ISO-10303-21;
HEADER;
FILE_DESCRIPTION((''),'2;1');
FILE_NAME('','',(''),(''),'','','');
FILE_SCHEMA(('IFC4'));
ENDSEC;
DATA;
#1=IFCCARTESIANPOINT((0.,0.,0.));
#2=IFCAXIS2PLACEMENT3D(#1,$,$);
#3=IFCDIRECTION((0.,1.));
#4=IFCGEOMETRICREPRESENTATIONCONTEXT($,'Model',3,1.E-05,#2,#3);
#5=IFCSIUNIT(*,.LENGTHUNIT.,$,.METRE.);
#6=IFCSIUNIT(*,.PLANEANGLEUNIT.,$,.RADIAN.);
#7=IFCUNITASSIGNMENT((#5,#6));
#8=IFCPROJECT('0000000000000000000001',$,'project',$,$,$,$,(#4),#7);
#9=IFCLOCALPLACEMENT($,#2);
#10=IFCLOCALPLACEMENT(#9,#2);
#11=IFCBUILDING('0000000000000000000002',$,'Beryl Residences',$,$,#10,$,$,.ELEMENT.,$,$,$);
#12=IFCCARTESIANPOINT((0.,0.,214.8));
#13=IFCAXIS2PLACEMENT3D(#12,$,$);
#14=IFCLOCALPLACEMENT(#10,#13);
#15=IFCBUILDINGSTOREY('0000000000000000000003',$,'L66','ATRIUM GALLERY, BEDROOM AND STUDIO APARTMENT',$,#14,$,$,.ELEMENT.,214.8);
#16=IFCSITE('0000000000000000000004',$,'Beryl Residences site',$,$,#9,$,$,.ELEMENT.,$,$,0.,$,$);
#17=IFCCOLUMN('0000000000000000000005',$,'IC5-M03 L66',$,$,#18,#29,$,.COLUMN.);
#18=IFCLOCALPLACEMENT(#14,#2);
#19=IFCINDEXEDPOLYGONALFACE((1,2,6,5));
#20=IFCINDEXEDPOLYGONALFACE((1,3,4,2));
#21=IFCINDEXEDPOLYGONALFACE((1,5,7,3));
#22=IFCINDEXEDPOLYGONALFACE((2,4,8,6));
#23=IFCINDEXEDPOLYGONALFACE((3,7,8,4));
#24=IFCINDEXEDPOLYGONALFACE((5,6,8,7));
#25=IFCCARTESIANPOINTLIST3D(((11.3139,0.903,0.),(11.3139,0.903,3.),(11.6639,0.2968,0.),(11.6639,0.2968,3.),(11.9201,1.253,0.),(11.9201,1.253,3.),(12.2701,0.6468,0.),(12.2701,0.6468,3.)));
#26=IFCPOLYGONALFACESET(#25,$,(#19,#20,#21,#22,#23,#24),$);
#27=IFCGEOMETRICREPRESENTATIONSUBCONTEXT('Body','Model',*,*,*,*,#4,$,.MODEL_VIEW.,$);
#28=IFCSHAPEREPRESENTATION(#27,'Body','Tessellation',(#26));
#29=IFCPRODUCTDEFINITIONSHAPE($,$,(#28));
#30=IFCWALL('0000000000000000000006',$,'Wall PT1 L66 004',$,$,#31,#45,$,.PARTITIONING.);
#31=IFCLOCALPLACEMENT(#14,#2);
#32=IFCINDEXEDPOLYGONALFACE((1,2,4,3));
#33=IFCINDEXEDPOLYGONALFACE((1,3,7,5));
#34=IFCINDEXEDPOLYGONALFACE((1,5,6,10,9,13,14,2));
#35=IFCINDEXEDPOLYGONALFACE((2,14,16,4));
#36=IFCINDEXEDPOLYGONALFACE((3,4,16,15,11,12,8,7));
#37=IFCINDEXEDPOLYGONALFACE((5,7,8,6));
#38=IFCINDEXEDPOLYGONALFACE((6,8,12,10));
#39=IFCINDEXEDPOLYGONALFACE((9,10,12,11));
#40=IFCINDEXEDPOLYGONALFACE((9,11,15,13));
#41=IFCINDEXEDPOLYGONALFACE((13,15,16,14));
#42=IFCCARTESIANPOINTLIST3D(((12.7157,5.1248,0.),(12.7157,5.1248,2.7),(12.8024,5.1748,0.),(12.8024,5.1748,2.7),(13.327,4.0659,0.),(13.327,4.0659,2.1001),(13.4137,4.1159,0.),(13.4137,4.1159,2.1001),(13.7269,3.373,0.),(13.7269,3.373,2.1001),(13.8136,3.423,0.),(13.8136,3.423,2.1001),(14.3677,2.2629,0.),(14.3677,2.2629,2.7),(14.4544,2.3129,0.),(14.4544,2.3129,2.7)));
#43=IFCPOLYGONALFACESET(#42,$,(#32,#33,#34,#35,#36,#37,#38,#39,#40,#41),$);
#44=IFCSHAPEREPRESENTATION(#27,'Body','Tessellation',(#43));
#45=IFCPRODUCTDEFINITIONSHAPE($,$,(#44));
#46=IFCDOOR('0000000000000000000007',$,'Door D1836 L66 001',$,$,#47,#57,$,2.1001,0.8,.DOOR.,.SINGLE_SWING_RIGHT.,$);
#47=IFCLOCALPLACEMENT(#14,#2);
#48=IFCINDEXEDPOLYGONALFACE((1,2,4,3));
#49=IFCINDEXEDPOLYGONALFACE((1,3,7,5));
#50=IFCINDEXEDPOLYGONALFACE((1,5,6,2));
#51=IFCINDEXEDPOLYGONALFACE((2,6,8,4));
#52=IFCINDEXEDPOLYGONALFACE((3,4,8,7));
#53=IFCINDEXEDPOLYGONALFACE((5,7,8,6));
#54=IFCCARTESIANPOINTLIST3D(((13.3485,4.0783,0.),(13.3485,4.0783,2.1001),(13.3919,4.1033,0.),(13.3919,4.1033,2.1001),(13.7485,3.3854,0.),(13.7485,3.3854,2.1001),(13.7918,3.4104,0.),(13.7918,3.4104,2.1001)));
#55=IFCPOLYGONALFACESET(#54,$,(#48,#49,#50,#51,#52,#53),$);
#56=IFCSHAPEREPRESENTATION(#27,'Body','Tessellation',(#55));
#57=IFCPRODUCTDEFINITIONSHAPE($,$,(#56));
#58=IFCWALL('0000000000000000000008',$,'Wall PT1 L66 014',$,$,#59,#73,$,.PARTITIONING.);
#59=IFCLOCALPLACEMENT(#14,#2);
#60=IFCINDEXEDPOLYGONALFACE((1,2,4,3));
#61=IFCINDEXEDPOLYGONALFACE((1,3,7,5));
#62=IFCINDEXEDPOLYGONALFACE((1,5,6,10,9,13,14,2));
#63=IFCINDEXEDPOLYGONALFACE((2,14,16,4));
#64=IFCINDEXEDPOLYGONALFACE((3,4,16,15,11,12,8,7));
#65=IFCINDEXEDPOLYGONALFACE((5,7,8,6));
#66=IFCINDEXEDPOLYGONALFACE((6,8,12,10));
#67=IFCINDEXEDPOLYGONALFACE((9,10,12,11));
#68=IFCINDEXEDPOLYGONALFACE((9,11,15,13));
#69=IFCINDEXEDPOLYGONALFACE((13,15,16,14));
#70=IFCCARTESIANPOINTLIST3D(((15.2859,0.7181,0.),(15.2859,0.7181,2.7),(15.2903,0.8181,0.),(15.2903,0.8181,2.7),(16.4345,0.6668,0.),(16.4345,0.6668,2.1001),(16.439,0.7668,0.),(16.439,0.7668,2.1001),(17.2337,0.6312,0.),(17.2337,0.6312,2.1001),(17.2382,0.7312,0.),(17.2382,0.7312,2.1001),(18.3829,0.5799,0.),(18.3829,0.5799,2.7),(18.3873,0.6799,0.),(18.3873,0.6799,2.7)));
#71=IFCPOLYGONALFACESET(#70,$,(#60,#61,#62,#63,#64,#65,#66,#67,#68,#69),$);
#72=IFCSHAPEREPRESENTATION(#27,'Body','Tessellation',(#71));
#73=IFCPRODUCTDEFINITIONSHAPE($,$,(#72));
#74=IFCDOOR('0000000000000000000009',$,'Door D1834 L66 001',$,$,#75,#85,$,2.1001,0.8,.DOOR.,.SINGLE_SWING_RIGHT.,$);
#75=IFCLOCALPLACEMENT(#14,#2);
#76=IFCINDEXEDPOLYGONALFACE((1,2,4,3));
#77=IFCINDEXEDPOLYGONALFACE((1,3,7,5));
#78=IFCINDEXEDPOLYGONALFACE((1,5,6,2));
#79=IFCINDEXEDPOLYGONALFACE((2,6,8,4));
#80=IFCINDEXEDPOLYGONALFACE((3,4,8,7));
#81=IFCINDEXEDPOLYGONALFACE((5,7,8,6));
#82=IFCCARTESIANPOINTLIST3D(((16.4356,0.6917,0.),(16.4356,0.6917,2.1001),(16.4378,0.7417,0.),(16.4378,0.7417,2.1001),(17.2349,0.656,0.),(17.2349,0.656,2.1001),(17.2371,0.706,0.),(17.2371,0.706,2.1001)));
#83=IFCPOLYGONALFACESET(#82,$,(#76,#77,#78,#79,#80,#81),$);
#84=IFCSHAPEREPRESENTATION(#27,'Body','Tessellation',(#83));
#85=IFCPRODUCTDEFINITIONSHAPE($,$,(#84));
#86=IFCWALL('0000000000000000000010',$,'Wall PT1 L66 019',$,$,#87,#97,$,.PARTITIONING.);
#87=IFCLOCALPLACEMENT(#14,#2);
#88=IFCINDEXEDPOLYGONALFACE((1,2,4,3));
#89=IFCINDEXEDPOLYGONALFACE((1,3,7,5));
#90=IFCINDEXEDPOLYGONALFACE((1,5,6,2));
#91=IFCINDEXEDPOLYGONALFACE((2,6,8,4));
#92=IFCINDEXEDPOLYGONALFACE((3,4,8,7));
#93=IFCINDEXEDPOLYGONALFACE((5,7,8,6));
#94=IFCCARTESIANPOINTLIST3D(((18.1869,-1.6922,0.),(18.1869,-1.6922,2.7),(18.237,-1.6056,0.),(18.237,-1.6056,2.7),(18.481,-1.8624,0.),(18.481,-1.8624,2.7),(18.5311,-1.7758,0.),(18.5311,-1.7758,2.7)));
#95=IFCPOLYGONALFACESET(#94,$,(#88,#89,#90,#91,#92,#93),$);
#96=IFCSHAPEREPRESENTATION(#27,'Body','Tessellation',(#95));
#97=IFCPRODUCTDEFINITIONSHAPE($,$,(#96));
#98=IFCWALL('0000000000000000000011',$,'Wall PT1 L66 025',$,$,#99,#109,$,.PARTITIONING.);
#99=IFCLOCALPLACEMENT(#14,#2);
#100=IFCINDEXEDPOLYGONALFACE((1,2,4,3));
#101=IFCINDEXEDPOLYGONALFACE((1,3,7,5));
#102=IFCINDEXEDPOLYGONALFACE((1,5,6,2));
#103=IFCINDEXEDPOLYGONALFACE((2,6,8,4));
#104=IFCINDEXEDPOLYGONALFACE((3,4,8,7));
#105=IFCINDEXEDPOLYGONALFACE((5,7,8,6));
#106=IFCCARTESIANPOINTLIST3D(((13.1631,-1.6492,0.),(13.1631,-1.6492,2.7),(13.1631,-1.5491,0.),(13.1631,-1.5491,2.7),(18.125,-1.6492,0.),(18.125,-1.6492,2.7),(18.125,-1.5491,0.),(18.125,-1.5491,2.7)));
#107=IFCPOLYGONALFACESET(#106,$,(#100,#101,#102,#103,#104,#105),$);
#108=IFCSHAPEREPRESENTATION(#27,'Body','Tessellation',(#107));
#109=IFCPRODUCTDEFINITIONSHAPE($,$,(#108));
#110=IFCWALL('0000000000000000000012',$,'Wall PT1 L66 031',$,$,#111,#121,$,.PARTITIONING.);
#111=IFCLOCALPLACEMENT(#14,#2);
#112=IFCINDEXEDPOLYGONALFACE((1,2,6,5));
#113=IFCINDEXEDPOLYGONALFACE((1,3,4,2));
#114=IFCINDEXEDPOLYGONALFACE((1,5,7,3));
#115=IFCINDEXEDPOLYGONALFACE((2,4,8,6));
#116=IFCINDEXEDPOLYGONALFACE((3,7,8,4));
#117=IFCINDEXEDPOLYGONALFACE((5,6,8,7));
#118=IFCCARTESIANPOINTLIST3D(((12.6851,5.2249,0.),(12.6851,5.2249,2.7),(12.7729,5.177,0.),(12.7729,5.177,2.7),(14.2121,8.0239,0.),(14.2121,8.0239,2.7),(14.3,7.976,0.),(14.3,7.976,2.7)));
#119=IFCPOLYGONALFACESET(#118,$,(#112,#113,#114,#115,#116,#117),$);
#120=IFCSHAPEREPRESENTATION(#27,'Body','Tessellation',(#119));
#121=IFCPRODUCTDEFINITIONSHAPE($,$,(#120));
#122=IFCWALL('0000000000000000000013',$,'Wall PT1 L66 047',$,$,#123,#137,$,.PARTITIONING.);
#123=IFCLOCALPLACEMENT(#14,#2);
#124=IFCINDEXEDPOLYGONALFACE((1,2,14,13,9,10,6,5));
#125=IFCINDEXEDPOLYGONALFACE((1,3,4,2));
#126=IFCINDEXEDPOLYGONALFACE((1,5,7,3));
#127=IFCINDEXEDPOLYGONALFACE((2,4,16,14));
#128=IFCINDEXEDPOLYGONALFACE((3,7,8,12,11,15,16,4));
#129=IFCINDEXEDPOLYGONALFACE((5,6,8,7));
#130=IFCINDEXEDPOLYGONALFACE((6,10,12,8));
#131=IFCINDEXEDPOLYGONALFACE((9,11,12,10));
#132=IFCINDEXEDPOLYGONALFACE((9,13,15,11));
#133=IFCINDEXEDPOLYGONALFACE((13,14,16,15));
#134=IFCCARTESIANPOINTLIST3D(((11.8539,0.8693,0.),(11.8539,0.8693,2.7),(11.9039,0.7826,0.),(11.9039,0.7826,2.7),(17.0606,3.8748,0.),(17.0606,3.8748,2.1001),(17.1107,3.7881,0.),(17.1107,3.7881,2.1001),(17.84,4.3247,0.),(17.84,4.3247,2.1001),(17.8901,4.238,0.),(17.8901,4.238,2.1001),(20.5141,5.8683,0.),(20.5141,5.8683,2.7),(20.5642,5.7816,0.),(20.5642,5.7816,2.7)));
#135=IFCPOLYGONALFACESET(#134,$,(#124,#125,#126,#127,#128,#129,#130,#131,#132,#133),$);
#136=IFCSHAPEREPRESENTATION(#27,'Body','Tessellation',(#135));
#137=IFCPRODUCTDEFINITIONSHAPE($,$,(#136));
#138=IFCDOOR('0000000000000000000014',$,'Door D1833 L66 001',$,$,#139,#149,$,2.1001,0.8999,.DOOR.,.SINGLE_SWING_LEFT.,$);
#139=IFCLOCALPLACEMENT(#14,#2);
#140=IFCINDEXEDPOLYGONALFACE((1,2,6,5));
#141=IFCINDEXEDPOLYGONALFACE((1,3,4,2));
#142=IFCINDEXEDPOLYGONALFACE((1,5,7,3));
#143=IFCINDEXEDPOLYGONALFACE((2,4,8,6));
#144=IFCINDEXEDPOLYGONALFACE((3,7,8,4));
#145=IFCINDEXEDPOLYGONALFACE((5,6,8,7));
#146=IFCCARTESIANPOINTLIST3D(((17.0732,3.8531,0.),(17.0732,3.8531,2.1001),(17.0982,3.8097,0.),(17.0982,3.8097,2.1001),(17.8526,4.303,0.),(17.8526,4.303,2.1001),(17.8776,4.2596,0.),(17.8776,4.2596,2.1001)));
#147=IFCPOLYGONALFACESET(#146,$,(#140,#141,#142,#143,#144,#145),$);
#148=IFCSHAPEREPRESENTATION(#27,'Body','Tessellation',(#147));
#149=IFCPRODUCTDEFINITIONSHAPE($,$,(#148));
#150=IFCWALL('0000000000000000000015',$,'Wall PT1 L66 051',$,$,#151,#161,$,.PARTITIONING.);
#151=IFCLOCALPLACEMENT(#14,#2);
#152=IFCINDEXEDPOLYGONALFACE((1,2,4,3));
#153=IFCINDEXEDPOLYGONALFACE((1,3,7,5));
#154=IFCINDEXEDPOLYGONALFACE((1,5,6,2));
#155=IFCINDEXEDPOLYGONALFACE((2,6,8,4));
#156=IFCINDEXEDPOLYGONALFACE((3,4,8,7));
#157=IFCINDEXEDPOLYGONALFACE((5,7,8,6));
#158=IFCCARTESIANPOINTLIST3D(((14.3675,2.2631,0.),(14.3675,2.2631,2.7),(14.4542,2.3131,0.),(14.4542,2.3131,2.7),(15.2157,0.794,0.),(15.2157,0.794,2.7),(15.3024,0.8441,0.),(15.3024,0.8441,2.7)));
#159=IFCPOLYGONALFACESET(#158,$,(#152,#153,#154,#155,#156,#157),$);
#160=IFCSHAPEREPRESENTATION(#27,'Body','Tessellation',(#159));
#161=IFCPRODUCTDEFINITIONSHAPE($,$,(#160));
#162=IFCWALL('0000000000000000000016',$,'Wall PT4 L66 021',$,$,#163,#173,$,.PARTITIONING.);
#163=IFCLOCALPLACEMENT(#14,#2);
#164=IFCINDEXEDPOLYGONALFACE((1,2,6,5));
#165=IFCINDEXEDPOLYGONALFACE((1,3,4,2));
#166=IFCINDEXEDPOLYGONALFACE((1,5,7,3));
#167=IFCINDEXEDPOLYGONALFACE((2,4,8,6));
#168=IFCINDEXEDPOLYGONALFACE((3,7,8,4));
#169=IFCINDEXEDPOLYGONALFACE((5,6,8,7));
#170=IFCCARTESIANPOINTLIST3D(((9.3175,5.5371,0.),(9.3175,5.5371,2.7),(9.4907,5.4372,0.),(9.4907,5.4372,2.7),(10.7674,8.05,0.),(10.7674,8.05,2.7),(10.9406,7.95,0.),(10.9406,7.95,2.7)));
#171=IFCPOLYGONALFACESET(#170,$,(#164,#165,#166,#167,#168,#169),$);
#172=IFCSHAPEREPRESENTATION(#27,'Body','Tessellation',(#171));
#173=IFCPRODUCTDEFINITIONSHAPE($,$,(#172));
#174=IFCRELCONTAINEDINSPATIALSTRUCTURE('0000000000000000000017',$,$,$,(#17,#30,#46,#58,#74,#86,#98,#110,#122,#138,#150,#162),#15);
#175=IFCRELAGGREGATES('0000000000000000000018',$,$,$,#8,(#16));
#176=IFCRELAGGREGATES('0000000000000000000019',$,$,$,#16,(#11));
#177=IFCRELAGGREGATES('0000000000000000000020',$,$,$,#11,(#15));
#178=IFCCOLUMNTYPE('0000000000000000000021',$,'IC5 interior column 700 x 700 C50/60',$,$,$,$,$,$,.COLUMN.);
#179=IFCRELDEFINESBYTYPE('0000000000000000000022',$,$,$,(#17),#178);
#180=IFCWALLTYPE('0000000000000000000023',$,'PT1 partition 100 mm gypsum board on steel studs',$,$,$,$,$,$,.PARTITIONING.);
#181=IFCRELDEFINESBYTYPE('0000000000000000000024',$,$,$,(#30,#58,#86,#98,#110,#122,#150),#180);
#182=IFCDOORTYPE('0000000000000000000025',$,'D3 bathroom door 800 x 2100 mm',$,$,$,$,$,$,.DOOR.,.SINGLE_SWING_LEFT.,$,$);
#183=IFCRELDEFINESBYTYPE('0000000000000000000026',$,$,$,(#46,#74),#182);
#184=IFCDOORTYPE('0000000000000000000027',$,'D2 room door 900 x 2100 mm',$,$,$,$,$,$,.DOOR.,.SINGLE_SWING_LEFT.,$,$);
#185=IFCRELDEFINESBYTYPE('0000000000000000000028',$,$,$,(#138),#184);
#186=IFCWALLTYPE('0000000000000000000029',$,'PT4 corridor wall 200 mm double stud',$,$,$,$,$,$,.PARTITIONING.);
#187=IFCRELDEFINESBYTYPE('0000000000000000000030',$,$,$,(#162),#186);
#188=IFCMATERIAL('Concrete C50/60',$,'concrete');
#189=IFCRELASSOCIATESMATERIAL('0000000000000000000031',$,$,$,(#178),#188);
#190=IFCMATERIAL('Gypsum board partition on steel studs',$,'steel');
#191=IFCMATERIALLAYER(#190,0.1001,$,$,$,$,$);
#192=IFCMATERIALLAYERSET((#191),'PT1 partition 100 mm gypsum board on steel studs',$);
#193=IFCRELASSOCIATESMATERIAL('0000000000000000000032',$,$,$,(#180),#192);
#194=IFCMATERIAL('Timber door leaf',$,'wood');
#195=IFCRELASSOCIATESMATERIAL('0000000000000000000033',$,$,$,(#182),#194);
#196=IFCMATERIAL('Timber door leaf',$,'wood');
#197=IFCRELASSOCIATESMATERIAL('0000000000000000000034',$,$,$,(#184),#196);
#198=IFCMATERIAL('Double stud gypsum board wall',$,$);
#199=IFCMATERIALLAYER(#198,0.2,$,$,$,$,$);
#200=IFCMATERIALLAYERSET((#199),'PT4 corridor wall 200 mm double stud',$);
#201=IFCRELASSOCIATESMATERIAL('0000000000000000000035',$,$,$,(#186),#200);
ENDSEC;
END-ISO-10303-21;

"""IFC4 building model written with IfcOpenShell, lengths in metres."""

from ifc_helpers import new_model, si_unit, direction, frame, frame_2d, origin, origin_2d, place, context, subcontext, project, spatial, rectangle, extrude, material, layer, layer_set, material_profile, profile_set, type_object, element, fill, save


model = new_model("IFC4")

# Units and contexts
model_context = context("Model", 3, precision=1e-05, world=origin(), true_north=direction((0.0, 1.0)))
body_context = subcontext(model_context, "Body", "Model", "MODEL_VIEW")
ifc_project = project(units=[si_unit("LENGTHUNIT", "METRE"), si_unit("PLANEANGLEUNIT", "RADIAN")], contexts=[model_context])

# Site, building, storey
site_placement = place(None, origin())
site = spatial("IfcSite", under=ifc_project, at=site_placement, Name="Beryl Residences site", CompositionType="ELEMENT", RefElevation=0.0)
building_placement = place(site_placement, origin())
building = spatial("IfcBuilding", under=site, at=building_placement, Name="Beryl Residences", CompositionType="ELEMENT")
storey_placement = place(building_placement, frame((0.0, 0.0, 214.8)))
storey = spatial("IfcBuildingStorey", under=building, at=storey_placement, Name="L66", Description="ATRIUM GALLERY, BEDROOM AND STUDIO APARTMENT", CompositionType="ELEMENT", Elevation=214.8)

# Column
ifc_material_1 = material(Name="Concrete C50/60", Category="concrete")
ifc_material_profile = material_profile(ifc_material_1, rectangle(XDim=0.7, YDim=0.7, at=origin_2d()))
ifc_profile_set = profile_set([ifc_material_profile], Name="Concrete C50/60")
column_type = type_object("IfcColumnType", Name="IC5 interior column 700 x 700 C50/60", PredefinedType="COLUMN", material=ifc_profile_set)
column_placement = place(storey_placement, frame((11.792, 0.7749, 0.0), z_axis=(0.0, 0.0, 1.0), x_axis=(-0.49997, 0.866043, 0.0)))
element("IfcColumn", 1, at=column_placement, inside=storey, type_object=column_type, Name="IC5-M03 L66", PredefinedType="COLUMN", context=body_context, shape_type="SweptSolid", body=[
    extrude(rectangle(XDim=0.7, YDim=0.7, at=origin_2d()), origin(), (0.0, 0.0, 1.0), 3.0),
])

# Walls, openings, doors
ifc_material_2 = material(Name="Gypsum board partition on steel studs", Category="steel")
ifc_layer_1 = layer(ifc_material_2, 0.1001)
ifc_layer_set_1 = layer_set([ifc_layer_1], Name="PT1 partition 100 mm gypsum board on steel studs")
wall_type_1 = type_object("IfcWallType", Name="PT1 partition 100 mm gypsum board on steel studs", PredefinedType="PARTITIONING", material=ifc_layer_set_1)
wall_1_placement = place(storey_placement, frame((12.759, 5.1499, 0.0), z_axis=(0.0, 0.0, 1.0), x_axis=(0.499906, -0.86608, 0.0)))
wall_1 = element("IfcWall", 2, at=wall_1_placement, inside=storey, type_object=wall_type_1, Name="Wall PT1 L66 004", PredefinedType="PARTITIONING", context=body_context, shape_type="SweptSolid", body=[
    extrude(rectangle(XDim=3.3044, YDim=0.1001, at=frame_2d((1.6523, 0.0))), origin(), (0.0, 0.0, 1.0), 2.7),
])
opening_1_placement = place(wall_1_placement, frame((1.2229, 0.0, 0.0)))
opening_1 = element("IfcOpeningElement", 3, at=opening_1_placement, cuts=wall_1, PredefinedType="OPENING", context=body_context, shape_type="SweptSolid", body=[
    extrude(rectangle(XDim=0.8, YDim=2.1001, at=frame_2d((0.3999, 1.05))), frame((0.0, 0.0601, 0.0), z_axis=(0.0, -1.0, 0.0), x_axis=(1.0, 0.0, 0.0)), (0.0, 0.0, 1.0), 0.1201),
])
ifc_material_3 = material(Name="Timber door leaf", Category="wood")
door_type_1 = type_object("IfcDoorType", Name="D3 bathroom door 800 x 2100 mm", OperationType="SINGLE_SWING_LEFT", PredefinedType="DOOR", material=ifc_material_3)
door_1_placement = place(opening_1_placement, origin())
door_1 = element("IfcDoor", 4, at=door_1_placement, inside=storey, type_object=door_type_1, Name="Door D1836 L66 001", OperationType="SINGLE_SWING_RIGHT", OverallHeight=2.1001, OverallWidth=0.8, PredefinedType="DOOR", context=body_context, shape_type="SweptSolid", body=[
    extrude(rectangle(XDim=0.8, YDim=2.1001, at=frame_2d((0.3999, 1.05))), frame((0.0, 0.0249, 0.0), z_axis=(0.0, -1.0, 0.0), x_axis=(1.0, 0.0, 0.0)), (0.0, 0.0, 1.0), 0.05),
])
fill(opening_1, door_1)
wall_2_placement = place(storey_placement, frame((15.2881, 0.7681, 0.0), z_axis=(0.0, 0.0, 1.0), x_axis=(0.999006, -0.044575, 0.0)))
wall_2 = element("IfcWall", 5, at=wall_2_placement, inside=storey, type_object=wall_type_1, Name="Wall PT1 L66 014", PredefinedType="PARTITIONING", context=body_context, shape_type="SweptSolid", body=[
    extrude(rectangle(XDim=3.1001, YDim=0.1001, at=frame_2d((1.55, 0.0))), origin(), (0.0, 0.0, 1.0), 2.7),
])
opening_2_placement = place(wall_2_placement, frame((1.1499, 0.0, 0.0)))
opening_2 = element("IfcOpeningElement", 6, at=opening_2_placement, cuts=wall_2, PredefinedType="OPENING", context=body_context, shape_type="SweptSolid", body=[
    extrude(rectangle(XDim=0.8, YDim=2.1001, at=frame_2d((0.3999, 1.05))), frame((0.0, 0.0601, 0.0), z_axis=(0.0, -1.0, 0.0), x_axis=(1.0, 0.0, 0.0)), (0.0, 0.0, 1.0), 0.1201),
])
door_2_placement = place(opening_2_placement, origin())
door_2 = element("IfcDoor", 7, at=door_2_placement, inside=storey, type_object=door_type_1, Name="Door D1834 L66 001", OperationType="SINGLE_SWING_RIGHT", OverallHeight=2.1001, OverallWidth=0.8, PredefinedType="DOOR", context=body_context, shape_type="SweptSolid", body=[
    extrude(rectangle(XDim=0.8, YDim=2.1001, at=frame_2d((0.3999, 1.05))), frame((0.0, 0.0249, 0.0), z_axis=(0.0, -1.0, 0.0), x_axis=(1.0, 0.0, 0.0)), (0.0, 0.0, 1.0), 0.05),
])
fill(opening_2, door_2)

# Walls
wall_3_placement = place(storey_placement, frame((18.2119, -1.6489, 0.0), z_axis=(0.0, 0.0, 1.0), x_axis=(0.865623, -0.500696, 0.0)))
element("IfcWall", 8, at=wall_3_placement, inside=storey, type_object=wall_type_1, Name="Wall PT1 L66 019", PredefinedType="PARTITIONING", context=body_context, shape_type="SweptSolid", body=[
    extrude(rectangle(XDim=0.3398, YDim=0.1001, at=frame_2d((0.1699, 0.0))), origin(), (0.0, 0.0, 1.0), 2.7),
])
wall_4_placement = place(storey_placement, frame((13.1631, -1.5991, 0.0), z_axis=(0.0, 0.0, 1.0), x_axis=(1.0, 0.0, 0.0)))
element("IfcWall", 9, at=wall_4_placement, inside=storey, type_object=wall_type_1, Name="Wall PT1 L66 025", PredefinedType="PARTITIONING", context=body_context, shape_type="SweptSolid", body=[
    extrude(rectangle(XDim=4.9619, YDim=0.1001, at=frame_2d((2.481, 0.0))), origin(), (0.0, 0.0, 1.0), 2.7),
])
wall_5_placement = place(storey_placement, frame((12.729, 5.2009, 0.0), z_axis=(0.0, 0.0, 1.0), x_axis=(0.478933, 0.877852, 0.0)))
element("IfcWall", 10, at=wall_5_placement, inside=storey, type_object=wall_type_1, Name="Wall PT1 L66 031", PredefinedType="PARTITIONING", context=body_context, shape_type="SweptSolid", body=[
    extrude(rectangle(XDim=3.1885, YDim=0.1001, at=frame_2d((1.5942, 0.0))), origin(), (0.0, 0.0, 1.0), 2.7),
])

# Wall, opening, door
wall_6_placement = place(storey_placement, frame((11.8789, 0.8259, 0.0), z_axis=(0.0, 0.0, 1.0), x_axis=(0.866065, 0.499931, 0.0)))
wall_6 = element("IfcWall", 11, at=wall_6_placement, inside=storey, type_object=wall_type_1, Name="Wall PT1 L66 047", PredefinedType="PARTITIONING", context=body_context, shape_type="SweptSolid", body=[
    extrude(rectangle(XDim=9.9995, YDim=0.1001, at=frame_2d((4.9998, 0.0))), origin(), (0.0, 0.0, 1.0), 2.7),
])
opening_3_placement = place(wall_6_placement, frame((6.012, 0.0, 0.0)))
opening_3 = element("IfcOpeningElement", 12, at=opening_3_placement, cuts=wall_6, PredefinedType="OPENING", context=body_context, shape_type="SweptSolid", body=[
    extrude(rectangle(XDim=0.8999, YDim=2.1001, at=frame_2d((0.45, 1.05))), frame((0.0, 0.0601, 0.0), z_axis=(0.0, -1.0, 0.0), x_axis=(1.0, 0.0, 0.0)), (0.0, 0.0, 1.0), 0.1201),
])
ifc_material_4 = material(Name="Timber door leaf", Category="wood")
door_type_2 = type_object("IfcDoorType", Name="D2 room door 900 x 2100 mm", OperationType="SINGLE_SWING_LEFT", PredefinedType="DOOR", material=ifc_material_4)
door_3_placement = place(opening_3_placement, origin())
door_3 = element("IfcDoor", 13, at=door_3_placement, inside=storey, type_object=door_type_2, Name="Door D1833 L66 001", OperationType="SINGLE_SWING_LEFT", OverallHeight=2.1001, OverallWidth=0.8999, PredefinedType="DOOR", context=body_context, shape_type="SweptSolid", body=[
    extrude(rectangle(XDim=0.8999, YDim=2.1001, at=frame_2d((0.45, 1.05))), frame((0.0, 0.0249, 0.0), z_axis=(0.0, -1.0, 0.0), x_axis=(1.0, 0.0, 0.0)), (0.0, 0.0, 1.0), 0.05),
])
fill(opening_3, door_3)

# Walls
wall_7_placement = place(storey_placement, frame((14.4109, 2.2881, 0.0), z_axis=(0.0, 0.0, 1.0), x_axis=(0.500009, -0.86602, 0.0)))
element("IfcWall", 14, at=wall_7_placement, inside=storey, type_object=wall_type_1, Name="Wall PT1 L66 051", PredefinedType="PARTITIONING", context=body_context, shape_type="SweptSolid", body=[
    extrude(rectangle(XDim=1.6963, YDim=0.1001, at=frame_2d((0.8481, 0.0))), origin(), (0.0, 0.0, 1.0), 2.7),
])
ifc_material_5 = material(Name="Double stud gypsum board wall")
ifc_layer_2 = layer(ifc_material_5, 0.2)
ifc_layer_set_2 = layer_set([ifc_layer_2], Name="PT4 corridor wall 200 mm double stud")
wall_type_2 = type_object("IfcWallType", Name="PT4 corridor wall 200 mm double stud", PredefinedType="PARTITIONING", material=ifc_layer_set_2)
wall_8_placement = place(storey_placement, frame((9.4041, 5.4871, 0.0), z_axis=(0.0, 0.0, 1.0), x_axis=(0.499769, 0.866159, 0.0)))
element("IfcWall", 15, at=wall_8_placement, inside=storey, type_object=wall_type_2, Name="Wall PT4 L66 021", PredefinedType="PARTITIONING", context=body_context, shape_type="SweptSolid", body=[
    extrude(rectangle(XDim=2.9011, YDim=0.2, at=frame_2d((1.4507, 0.0))), origin(), (0.0, 0.0, 1.0), 2.7),
])

save(model, "model.ifc")
